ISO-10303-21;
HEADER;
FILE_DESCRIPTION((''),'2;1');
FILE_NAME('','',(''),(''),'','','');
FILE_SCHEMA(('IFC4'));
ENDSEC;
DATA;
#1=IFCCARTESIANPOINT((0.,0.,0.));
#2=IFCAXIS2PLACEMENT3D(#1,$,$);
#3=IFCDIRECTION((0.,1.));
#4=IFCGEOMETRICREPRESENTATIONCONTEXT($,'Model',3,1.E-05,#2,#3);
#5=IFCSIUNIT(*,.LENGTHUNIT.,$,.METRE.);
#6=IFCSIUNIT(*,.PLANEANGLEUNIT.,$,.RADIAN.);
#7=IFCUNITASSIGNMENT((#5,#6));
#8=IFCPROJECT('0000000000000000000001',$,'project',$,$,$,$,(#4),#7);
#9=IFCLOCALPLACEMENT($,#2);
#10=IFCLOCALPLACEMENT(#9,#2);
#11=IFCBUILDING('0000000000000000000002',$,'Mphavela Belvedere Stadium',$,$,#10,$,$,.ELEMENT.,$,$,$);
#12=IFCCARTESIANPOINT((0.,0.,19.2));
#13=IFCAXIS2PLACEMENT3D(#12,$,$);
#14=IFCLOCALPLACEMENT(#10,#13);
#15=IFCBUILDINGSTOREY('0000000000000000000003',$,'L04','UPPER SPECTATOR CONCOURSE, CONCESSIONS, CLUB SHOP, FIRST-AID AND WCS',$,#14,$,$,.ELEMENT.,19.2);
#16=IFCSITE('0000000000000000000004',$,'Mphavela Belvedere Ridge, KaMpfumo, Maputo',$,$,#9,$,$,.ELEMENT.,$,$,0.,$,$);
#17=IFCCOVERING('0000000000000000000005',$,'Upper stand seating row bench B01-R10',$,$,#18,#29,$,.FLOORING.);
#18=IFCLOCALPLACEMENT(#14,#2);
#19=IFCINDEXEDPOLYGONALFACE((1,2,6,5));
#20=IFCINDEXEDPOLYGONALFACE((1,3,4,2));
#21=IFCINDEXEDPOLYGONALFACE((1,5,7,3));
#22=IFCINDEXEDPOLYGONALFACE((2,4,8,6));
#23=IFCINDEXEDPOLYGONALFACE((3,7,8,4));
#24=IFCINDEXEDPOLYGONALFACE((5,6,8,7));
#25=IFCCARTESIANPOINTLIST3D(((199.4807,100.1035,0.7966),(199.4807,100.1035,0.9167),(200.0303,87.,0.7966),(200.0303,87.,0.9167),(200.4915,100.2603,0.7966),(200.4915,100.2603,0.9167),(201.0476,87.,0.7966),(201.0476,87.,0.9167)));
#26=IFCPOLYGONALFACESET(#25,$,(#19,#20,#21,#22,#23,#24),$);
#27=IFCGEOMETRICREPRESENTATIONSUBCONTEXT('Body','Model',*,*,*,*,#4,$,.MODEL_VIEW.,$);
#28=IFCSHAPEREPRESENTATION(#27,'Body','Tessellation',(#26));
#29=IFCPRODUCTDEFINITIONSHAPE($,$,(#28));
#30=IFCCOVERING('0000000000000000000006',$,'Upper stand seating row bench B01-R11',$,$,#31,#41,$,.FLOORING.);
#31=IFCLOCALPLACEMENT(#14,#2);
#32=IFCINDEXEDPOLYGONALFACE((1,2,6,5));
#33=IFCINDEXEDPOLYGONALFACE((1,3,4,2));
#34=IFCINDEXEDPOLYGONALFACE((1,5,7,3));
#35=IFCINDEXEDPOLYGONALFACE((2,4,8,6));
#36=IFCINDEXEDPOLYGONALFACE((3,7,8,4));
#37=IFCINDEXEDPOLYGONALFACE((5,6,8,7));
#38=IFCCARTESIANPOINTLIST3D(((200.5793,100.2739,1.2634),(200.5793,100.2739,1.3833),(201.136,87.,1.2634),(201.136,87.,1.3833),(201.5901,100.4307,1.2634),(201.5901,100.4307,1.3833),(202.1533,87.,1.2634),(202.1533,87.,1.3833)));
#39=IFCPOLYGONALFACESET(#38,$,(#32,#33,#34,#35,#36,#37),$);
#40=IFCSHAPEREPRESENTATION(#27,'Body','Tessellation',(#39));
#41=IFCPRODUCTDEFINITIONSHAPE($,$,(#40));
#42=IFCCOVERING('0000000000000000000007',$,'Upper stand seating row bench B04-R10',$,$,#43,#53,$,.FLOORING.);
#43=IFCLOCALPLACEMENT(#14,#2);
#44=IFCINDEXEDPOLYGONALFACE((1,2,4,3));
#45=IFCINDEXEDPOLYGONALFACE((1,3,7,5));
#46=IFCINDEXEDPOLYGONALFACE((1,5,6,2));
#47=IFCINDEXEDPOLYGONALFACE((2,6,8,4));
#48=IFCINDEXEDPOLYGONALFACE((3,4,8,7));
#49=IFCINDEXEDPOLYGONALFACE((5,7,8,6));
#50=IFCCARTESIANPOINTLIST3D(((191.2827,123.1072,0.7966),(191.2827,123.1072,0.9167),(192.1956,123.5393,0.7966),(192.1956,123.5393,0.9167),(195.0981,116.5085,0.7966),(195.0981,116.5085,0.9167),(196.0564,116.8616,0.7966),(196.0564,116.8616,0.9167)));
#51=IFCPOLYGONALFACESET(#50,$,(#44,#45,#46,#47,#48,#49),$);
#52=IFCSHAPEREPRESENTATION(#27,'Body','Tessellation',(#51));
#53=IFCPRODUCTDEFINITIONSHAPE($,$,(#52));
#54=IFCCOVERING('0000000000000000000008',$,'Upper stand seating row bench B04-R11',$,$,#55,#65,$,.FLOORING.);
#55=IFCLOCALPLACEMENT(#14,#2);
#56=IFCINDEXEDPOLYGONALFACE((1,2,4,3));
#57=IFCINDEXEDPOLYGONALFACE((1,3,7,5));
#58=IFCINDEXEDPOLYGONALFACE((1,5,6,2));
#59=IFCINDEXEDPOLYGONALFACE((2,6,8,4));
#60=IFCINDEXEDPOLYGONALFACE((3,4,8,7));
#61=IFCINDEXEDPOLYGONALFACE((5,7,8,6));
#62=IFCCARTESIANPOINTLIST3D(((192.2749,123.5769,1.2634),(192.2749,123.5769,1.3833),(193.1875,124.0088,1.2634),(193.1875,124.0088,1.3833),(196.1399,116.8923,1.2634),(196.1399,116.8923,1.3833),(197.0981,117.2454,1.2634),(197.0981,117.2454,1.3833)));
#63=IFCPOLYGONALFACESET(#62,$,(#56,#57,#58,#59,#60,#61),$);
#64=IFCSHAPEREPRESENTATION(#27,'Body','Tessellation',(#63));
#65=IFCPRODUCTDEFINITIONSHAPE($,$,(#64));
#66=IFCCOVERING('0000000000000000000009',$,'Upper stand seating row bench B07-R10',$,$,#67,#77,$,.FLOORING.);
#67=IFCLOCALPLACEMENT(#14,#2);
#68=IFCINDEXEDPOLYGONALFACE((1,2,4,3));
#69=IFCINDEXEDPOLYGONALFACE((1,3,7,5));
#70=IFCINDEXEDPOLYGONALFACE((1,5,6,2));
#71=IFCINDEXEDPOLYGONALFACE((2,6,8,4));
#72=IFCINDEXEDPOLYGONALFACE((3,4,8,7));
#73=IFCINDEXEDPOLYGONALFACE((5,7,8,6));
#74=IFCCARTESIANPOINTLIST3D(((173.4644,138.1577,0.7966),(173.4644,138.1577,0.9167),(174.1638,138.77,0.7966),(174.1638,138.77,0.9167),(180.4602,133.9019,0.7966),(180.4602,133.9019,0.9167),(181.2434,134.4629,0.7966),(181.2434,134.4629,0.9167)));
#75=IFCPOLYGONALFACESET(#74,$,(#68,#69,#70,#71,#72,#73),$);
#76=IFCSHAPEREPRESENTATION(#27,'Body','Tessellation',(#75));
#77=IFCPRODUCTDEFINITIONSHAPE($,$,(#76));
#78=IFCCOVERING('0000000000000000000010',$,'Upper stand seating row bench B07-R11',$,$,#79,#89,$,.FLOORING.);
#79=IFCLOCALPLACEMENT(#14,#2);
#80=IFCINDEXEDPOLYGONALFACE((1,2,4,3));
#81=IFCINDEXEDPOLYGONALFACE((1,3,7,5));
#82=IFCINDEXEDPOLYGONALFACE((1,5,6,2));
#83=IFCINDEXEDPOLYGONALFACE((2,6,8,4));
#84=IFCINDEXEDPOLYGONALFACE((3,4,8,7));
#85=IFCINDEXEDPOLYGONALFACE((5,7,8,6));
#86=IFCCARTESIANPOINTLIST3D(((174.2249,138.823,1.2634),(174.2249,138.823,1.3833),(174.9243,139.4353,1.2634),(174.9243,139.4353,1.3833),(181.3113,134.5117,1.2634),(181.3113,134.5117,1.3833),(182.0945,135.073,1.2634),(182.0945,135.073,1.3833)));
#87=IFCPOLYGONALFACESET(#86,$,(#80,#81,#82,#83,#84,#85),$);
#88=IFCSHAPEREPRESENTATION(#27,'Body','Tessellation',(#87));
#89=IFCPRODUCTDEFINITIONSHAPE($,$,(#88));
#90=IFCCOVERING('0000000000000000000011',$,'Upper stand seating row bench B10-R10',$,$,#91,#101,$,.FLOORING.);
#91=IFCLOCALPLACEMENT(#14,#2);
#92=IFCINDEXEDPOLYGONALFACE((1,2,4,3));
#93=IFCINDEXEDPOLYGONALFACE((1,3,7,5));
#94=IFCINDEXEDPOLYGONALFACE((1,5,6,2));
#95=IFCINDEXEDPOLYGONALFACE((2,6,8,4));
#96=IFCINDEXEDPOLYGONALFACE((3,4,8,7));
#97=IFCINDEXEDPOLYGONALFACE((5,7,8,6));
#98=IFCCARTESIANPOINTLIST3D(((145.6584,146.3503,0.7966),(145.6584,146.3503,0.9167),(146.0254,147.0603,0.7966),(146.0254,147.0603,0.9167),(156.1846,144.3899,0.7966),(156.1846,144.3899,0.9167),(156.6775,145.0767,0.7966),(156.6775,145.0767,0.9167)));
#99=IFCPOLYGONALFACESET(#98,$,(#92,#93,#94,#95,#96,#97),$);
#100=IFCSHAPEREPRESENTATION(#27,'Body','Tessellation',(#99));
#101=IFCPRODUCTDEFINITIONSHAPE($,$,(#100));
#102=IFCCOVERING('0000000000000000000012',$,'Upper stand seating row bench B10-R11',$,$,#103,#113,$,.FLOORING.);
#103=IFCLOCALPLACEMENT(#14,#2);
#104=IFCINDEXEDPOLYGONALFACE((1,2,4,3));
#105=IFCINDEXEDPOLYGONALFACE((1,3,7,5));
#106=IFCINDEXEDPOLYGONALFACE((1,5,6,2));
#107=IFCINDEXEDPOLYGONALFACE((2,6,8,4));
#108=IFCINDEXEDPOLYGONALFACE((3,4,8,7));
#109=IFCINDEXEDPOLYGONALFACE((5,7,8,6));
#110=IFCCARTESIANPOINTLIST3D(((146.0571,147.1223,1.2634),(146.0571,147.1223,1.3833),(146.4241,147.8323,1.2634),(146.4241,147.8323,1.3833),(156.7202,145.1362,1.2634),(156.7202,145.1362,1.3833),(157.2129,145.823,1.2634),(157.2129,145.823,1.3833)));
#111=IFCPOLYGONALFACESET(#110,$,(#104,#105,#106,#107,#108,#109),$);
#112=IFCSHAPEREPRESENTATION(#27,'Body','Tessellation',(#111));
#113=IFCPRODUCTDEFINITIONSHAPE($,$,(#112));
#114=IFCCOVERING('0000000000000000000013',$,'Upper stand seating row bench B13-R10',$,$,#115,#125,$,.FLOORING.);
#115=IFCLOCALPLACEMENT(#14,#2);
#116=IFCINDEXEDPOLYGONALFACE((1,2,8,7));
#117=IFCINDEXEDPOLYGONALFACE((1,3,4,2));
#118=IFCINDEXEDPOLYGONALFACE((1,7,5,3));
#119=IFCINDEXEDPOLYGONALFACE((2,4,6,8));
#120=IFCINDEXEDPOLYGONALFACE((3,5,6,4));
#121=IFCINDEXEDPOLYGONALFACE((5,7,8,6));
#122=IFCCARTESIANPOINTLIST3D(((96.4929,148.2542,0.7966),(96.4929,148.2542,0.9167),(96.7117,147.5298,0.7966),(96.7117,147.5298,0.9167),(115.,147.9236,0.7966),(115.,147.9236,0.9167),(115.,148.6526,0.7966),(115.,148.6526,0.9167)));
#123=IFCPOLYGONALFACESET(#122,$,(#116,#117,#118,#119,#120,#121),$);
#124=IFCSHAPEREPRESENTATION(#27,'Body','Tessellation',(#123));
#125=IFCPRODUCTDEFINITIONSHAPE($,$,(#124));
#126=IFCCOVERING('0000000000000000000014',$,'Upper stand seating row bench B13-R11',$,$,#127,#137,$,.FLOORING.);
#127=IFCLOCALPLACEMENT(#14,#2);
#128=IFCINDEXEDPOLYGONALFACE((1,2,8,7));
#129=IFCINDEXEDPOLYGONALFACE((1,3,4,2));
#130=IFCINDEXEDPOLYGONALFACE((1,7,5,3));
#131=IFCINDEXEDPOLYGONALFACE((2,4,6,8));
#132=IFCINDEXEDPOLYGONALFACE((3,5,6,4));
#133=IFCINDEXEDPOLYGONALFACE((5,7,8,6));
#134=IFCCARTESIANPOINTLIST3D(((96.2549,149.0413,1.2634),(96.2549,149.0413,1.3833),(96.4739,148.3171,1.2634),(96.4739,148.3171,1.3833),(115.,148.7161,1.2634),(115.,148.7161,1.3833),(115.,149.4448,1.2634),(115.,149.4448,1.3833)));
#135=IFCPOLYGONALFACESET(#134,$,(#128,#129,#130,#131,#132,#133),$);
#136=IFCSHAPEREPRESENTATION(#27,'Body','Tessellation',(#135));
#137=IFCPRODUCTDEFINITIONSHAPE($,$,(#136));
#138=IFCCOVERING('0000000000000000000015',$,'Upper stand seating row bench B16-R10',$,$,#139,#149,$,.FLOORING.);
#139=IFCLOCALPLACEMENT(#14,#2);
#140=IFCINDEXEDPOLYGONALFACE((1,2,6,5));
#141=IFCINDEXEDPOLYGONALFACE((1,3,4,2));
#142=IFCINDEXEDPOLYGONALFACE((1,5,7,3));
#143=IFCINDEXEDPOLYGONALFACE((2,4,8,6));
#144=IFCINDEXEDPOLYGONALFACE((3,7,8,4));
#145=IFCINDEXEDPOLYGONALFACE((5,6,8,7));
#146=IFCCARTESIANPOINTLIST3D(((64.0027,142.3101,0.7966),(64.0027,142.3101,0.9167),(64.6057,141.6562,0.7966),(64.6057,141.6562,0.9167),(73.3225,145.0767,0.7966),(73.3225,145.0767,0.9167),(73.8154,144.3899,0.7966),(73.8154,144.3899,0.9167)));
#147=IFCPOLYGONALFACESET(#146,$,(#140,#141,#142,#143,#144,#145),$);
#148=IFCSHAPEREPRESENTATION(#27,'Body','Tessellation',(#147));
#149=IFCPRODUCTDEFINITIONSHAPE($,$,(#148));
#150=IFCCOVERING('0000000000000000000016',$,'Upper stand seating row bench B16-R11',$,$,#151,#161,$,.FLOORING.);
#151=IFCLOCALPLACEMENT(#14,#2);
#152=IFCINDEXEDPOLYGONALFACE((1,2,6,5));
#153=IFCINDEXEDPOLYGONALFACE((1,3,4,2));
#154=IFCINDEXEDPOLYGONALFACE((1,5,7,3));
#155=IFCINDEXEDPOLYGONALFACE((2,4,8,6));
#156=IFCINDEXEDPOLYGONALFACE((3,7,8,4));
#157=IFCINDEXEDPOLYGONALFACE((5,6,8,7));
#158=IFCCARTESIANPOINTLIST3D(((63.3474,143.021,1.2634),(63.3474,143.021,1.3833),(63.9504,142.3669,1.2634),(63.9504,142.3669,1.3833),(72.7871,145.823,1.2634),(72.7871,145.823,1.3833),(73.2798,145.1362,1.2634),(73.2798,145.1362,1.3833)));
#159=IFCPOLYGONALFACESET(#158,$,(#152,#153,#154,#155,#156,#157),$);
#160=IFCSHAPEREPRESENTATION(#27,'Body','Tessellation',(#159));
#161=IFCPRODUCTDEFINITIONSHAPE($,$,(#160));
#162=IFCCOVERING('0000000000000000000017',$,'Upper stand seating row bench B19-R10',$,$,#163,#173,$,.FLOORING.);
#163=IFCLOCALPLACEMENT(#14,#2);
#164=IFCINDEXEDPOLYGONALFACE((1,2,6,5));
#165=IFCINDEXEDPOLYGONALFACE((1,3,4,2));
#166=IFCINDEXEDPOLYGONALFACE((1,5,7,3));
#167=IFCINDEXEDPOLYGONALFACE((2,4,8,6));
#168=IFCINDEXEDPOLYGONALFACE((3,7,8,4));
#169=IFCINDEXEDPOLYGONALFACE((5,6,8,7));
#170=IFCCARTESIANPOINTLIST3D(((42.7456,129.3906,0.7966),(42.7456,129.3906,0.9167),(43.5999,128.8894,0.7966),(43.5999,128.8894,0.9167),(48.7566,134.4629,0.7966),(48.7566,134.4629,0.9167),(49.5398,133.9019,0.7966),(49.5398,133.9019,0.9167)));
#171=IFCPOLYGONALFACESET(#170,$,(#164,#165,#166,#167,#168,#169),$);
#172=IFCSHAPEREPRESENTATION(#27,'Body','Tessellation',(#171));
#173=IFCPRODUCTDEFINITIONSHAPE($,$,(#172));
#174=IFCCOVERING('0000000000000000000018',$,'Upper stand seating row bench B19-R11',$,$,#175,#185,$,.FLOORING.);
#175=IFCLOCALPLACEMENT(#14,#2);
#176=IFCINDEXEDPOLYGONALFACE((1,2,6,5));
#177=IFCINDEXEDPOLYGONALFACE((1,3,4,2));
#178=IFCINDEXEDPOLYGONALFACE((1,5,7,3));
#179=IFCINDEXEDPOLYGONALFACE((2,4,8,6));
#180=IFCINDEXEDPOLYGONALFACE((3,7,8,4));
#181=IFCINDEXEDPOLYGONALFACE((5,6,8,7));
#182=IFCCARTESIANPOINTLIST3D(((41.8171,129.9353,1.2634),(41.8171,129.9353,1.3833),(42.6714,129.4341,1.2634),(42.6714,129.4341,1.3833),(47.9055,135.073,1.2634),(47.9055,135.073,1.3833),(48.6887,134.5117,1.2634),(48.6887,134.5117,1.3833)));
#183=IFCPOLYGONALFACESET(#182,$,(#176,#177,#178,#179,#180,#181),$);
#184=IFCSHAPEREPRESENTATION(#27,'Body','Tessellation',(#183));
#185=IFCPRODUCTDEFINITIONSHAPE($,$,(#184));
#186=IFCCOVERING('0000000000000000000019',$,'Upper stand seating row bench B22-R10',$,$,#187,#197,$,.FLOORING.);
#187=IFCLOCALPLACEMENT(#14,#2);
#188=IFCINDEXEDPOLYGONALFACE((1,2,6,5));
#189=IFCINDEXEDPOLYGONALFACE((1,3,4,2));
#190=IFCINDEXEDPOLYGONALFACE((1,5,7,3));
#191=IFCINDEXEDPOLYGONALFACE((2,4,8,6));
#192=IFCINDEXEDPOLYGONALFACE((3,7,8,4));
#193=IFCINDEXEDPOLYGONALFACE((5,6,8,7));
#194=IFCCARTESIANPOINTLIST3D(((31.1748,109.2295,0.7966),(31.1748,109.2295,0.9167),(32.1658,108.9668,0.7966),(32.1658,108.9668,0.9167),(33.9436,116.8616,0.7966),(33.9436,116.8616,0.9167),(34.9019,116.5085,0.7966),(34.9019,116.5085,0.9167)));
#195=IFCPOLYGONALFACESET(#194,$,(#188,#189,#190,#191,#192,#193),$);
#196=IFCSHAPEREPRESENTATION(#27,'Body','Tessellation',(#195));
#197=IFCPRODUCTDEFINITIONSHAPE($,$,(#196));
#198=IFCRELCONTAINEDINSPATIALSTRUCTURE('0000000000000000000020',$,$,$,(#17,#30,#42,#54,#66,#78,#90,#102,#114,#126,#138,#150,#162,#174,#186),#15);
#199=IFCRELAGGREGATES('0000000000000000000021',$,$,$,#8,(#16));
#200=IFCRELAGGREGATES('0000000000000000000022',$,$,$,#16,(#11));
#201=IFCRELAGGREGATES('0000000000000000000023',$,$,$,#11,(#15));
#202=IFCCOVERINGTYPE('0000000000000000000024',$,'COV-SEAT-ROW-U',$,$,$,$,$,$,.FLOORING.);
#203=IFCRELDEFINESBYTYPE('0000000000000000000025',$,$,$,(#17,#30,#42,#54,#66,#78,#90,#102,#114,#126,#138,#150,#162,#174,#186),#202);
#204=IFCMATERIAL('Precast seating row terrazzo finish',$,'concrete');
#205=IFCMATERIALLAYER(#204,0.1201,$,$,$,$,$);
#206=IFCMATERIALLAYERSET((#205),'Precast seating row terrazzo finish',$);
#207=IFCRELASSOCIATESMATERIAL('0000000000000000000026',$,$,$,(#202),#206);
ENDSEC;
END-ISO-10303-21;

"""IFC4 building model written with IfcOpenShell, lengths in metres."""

from ifc_helpers import new_model, si_unit, direction, frame, origin, place, context, subcontext, project, spatial, polyline, outline, extrude, material, layer, layer_set, type_object, element, save


model = new_model("IFC4")

# Units and contexts
model_context = context("Model", 3, precision=1e-05, world=origin(), true_north=direction((0.0, 1.0)))
body_context = subcontext(model_context, "Body", "Model", "MODEL_VIEW")
ifc_project = project(units=[si_unit("LENGTHUNIT", "METRE"), si_unit("PLANEANGLEUNIT", "RADIAN")], contexts=[model_context])

# Site, building, storey
site_placement = place(None, origin())
site = spatial("IfcSite", under=ifc_project, at=site_placement, Name="Mphavela Belvedere Ridge, KaMpfumo, Maputo", CompositionType="ELEMENT", RefElevation=0.0)
building_placement = place(site_placement, origin())
building = spatial("IfcBuilding", under=site, at=building_placement, Name="Mphavela Belvedere Stadium", CompositionType="ELEMENT")
storey_placement = place(building_placement, frame((0.0, 0.0, 19.2)))
storey = spatial("IfcBuildingStorey", under=building, at=storey_placement, Name="L04", Description="UPPER SPECTATOR CONCOURSE, CONCESSIONS, CLUB SHOP, FIRST-AID AND WCS", CompositionType="ELEMENT", Elevation=19.2)

# Coverings
ifc_material = material(Name="Precast seating row terrazzo finish", Category="concrete")
ifc_layer = layer(ifc_material, 0.1201)
ifc_layer_set = layer_set([ifc_layer], Name="Precast seating row terrazzo finish")
covering_type = type_object("IfcCoveringType", Name="COV-SEAT-ROW-U", PredefinedType="FLOORING", material=ifc_layer_set)
covering_1_placement = place(storey_placement, frame((0.0, 0.0, 0.7966)))
element("IfcCovering", 1, at=covering_1_placement, inside=storey, type_object=covering_type, Name="Upper stand seating row bench B01-R10", PredefinedType="FLOORING", context=body_context, shape_type="SweptSolid", body=[
    extrude(outline(polyline([(200.0303, 87.0), (199.4807, 100.1035), (200.4915, 100.2603), (201.0476, 87.0), (200.0303, 87.0)])), origin(), (0.0, 0.0, 1.0), 0.1201),
])
covering_2_placement = place(storey_placement, frame((0.0, 0.0, 1.2634)))
element("IfcCovering", 2, at=covering_2_placement, inside=storey, type_object=covering_type, Name="Upper stand seating row bench B01-R11", PredefinedType="FLOORING", context=body_context, shape_type="SweptSolid", body=[
    extrude(outline(polyline([(201.136, 87.0), (200.5793, 100.2739), (201.5901, 100.4307), (202.1533, 87.0), (201.136, 87.0)])), origin(), (0.0, 0.0, 1.0), 0.1199),
])
covering_3_placement = place(storey_placement, frame((0.0, 0.0, 0.7966)))
element("IfcCovering", 3, at=covering_3_placement, inside=storey, type_object=covering_type, Name="Upper stand seating row bench B04-R10", PredefinedType="FLOORING", context=body_context, shape_type="SweptSolid", body=[
    extrude(outline(polyline([(195.0981, 116.5085), (191.2827, 123.1072), (192.1956, 123.5393), (196.0564, 116.8616), (195.0981, 116.5085)])), origin(), (0.0, 0.0, 1.0), 0.1201),
])
covering_4_placement = place(storey_placement, frame((0.0, 0.0, 1.2634)))
element("IfcCovering", 4, at=covering_4_placement, inside=storey, type_object=covering_type, Name="Upper stand seating row bench B04-R11", PredefinedType="FLOORING", context=body_context, shape_type="SweptSolid", body=[
    extrude(outline(polyline([(196.1399, 116.8923), (192.2749, 123.5769), (193.1875, 124.0088), (197.0981, 117.2454), (196.1399, 116.8923)])), origin(), (0.0, 0.0, 1.0), 0.1199),
])
covering_5_placement = place(storey_placement, frame((0.0, 0.0, 0.7966)))
element("IfcCovering", 5, at=covering_5_placement, inside=storey, type_object=covering_type, Name="Upper stand seating row bench B07-R10", PredefinedType="FLOORING", context=body_context, shape_type="SweptSolid", body=[
    extrude(outline(polyline([(180.4602, 133.9019), (173.4644, 138.1577), (174.1638, 138.77), (181.2434, 134.4629), (180.4602, 133.9019)])), origin(), (0.0, 0.0, 1.0), 0.1201),
])
covering_6_placement = place(storey_placement, frame((0.0, 0.0, 1.2634)))
element("IfcCovering", 6, at=covering_6_placement, inside=storey, type_object=covering_type, Name="Upper stand seating row bench B07-R11", PredefinedType="FLOORING", context=body_context, shape_type="SweptSolid", body=[
    extrude(outline(polyline([(181.3113, 134.5117), (174.2249, 138.823), (174.9243, 139.4353), (182.0945, 135.073), (181.3113, 134.5117)])), origin(), (0.0, 0.0, 1.0), 0.1199),
])
covering_7_placement = place(storey_placement, frame((0.0, 0.0, 0.7966)))
element("IfcCovering", 7, at=covering_7_placement, inside=storey, type_object=covering_type, Name="Upper stand seating row bench B10-R10", PredefinedType="FLOORING", context=body_context, shape_type="SweptSolid", body=[
    extrude(outline(polyline([(156.1846, 144.3899), (145.6584, 146.3503), (146.0254, 147.0603), (156.6775, 145.0767), (156.1846, 144.3899)])), origin(), (0.0, 0.0, 1.0), 0.1201),
])
covering_8_placement = place(storey_placement, frame((0.0, 0.0, 1.2634)))
element("IfcCovering", 8, at=covering_8_placement, inside=storey, type_object=covering_type, Name="Upper stand seating row bench B10-R11", PredefinedType="FLOORING", context=body_context, shape_type="SweptSolid", body=[
    extrude(outline(polyline([(156.7202, 145.1362), (146.0571, 147.1223), (146.4241, 147.8323), (157.2129, 145.823), (156.7202, 145.1362)])), origin(), (0.0, 0.0, 1.0), 0.1199),
])
covering_9_placement = place(storey_placement, frame((0.0, 0.0, 0.7966)))
element("IfcCovering", 9, at=covering_9_placement, inside=storey, type_object=covering_type, Name="Upper stand seating row bench B13-R10", PredefinedType="FLOORING", context=body_context, shape_type="SweptSolid", body=[
    extrude(outline(polyline([(115.0, 147.9236), (96.7117, 147.5298), (96.4929, 148.2542), (115.0, 148.6526), (115.0, 147.9236)])), origin(), (0.0, 0.0, 1.0), 0.1201),
])
covering_10_placement = place(storey_placement, frame((0.0, 0.0, 1.2634)))
element("IfcCovering", 10, at=covering_10_placement, inside=storey, type_object=covering_type, Name="Upper stand seating row bench B13-R11", PredefinedType="FLOORING", context=body_context, shape_type="SweptSolid", body=[
    extrude(outline(polyline([(115.0, 148.7161), (96.4739, 148.3171), (96.2549, 149.0413), (115.0, 149.4448), (115.0, 148.7161)])), origin(), (0.0, 0.0, 1.0), 0.1199),
])
covering_11_placement = place(storey_placement, frame((0.0, 0.0, 0.7966)))
element("IfcCovering", 11, at=covering_11_placement, inside=storey, type_object=covering_type, Name="Upper stand seating row bench B16-R10", PredefinedType="FLOORING", context=body_context, shape_type="SweptSolid", body=[
    extrude(outline(polyline([(73.8154, 144.3899), (64.6057, 141.6562), (64.0027, 142.3101), (73.3225, 145.0767), (73.8154, 144.3899)])), origin(), (0.0, 0.0, 1.0), 0.1201),
])
covering_12_placement = place(storey_placement, frame((0.0, 0.0, 1.2634)))
element("IfcCovering", 12, at=covering_12_placement, inside=storey, type_object=covering_type, Name="Upper stand seating row bench B16-R11", PredefinedType="FLOORING", context=body_context, shape_type="SweptSolid", body=[
    extrude(outline(polyline([(73.2798, 145.1362), (63.9504, 142.3669), (63.3474, 143.021), (72.7871, 145.823), (73.2798, 145.1362)])), origin(), (0.0, 0.0, 1.0), 0.1199),
])
covering_13_placement = place(storey_placement, frame((0.0, 0.0, 0.7966)))
element("IfcCovering", 13, at=covering_13_placement, inside=storey, type_object=covering_type, Name="Upper stand seating row bench B19-R10", PredefinedType="FLOORING", context=body_context, shape_type="SweptSolid", body=[
    extrude(outline(polyline([(49.5398, 133.9019), (43.5999, 128.8894), (42.7456, 129.3906), (48.7566, 134.4629), (49.5398, 133.9019)])), origin(), (0.0, 0.0, 1.0), 0.1201),
])
covering_14_placement = place(storey_placement, frame((0.0, 0.0, 1.2634)))
element("IfcCovering", 14, at=covering_14_placement, inside=storey, type_object=covering_type, Name="Upper stand seating row bench B19-R11", PredefinedType="FLOORING", context=body_context, shape_type="SweptSolid", body=[
    extrude(outline(polyline([(48.6887, 134.5117), (42.6714, 129.4341), (41.8171, 129.9353), (47.9055, 135.073), (48.6887, 134.5117)])), origin(), (0.0, 0.0, 1.0), 0.1199),
])
covering_15_placement = place(storey_placement, frame((0.0, 0.0, 0.7966)))
element("IfcCovering", 15, at=covering_15_placement, inside=storey, type_object=covering_type, Name="Upper stand seating row bench B22-R10", PredefinedType="FLOORING", context=body_context, shape_type="SweptSolid", body=[
    extrude(outline(polyline([(34.9019, 116.5085), (32.1658, 108.9668), (31.1748, 109.2295), (33.9436, 116.8616), (34.9019, 116.5085)])), origin(), (0.0, 0.0, 1.0), 0.1201),
])

save(model, "model.ifc")
